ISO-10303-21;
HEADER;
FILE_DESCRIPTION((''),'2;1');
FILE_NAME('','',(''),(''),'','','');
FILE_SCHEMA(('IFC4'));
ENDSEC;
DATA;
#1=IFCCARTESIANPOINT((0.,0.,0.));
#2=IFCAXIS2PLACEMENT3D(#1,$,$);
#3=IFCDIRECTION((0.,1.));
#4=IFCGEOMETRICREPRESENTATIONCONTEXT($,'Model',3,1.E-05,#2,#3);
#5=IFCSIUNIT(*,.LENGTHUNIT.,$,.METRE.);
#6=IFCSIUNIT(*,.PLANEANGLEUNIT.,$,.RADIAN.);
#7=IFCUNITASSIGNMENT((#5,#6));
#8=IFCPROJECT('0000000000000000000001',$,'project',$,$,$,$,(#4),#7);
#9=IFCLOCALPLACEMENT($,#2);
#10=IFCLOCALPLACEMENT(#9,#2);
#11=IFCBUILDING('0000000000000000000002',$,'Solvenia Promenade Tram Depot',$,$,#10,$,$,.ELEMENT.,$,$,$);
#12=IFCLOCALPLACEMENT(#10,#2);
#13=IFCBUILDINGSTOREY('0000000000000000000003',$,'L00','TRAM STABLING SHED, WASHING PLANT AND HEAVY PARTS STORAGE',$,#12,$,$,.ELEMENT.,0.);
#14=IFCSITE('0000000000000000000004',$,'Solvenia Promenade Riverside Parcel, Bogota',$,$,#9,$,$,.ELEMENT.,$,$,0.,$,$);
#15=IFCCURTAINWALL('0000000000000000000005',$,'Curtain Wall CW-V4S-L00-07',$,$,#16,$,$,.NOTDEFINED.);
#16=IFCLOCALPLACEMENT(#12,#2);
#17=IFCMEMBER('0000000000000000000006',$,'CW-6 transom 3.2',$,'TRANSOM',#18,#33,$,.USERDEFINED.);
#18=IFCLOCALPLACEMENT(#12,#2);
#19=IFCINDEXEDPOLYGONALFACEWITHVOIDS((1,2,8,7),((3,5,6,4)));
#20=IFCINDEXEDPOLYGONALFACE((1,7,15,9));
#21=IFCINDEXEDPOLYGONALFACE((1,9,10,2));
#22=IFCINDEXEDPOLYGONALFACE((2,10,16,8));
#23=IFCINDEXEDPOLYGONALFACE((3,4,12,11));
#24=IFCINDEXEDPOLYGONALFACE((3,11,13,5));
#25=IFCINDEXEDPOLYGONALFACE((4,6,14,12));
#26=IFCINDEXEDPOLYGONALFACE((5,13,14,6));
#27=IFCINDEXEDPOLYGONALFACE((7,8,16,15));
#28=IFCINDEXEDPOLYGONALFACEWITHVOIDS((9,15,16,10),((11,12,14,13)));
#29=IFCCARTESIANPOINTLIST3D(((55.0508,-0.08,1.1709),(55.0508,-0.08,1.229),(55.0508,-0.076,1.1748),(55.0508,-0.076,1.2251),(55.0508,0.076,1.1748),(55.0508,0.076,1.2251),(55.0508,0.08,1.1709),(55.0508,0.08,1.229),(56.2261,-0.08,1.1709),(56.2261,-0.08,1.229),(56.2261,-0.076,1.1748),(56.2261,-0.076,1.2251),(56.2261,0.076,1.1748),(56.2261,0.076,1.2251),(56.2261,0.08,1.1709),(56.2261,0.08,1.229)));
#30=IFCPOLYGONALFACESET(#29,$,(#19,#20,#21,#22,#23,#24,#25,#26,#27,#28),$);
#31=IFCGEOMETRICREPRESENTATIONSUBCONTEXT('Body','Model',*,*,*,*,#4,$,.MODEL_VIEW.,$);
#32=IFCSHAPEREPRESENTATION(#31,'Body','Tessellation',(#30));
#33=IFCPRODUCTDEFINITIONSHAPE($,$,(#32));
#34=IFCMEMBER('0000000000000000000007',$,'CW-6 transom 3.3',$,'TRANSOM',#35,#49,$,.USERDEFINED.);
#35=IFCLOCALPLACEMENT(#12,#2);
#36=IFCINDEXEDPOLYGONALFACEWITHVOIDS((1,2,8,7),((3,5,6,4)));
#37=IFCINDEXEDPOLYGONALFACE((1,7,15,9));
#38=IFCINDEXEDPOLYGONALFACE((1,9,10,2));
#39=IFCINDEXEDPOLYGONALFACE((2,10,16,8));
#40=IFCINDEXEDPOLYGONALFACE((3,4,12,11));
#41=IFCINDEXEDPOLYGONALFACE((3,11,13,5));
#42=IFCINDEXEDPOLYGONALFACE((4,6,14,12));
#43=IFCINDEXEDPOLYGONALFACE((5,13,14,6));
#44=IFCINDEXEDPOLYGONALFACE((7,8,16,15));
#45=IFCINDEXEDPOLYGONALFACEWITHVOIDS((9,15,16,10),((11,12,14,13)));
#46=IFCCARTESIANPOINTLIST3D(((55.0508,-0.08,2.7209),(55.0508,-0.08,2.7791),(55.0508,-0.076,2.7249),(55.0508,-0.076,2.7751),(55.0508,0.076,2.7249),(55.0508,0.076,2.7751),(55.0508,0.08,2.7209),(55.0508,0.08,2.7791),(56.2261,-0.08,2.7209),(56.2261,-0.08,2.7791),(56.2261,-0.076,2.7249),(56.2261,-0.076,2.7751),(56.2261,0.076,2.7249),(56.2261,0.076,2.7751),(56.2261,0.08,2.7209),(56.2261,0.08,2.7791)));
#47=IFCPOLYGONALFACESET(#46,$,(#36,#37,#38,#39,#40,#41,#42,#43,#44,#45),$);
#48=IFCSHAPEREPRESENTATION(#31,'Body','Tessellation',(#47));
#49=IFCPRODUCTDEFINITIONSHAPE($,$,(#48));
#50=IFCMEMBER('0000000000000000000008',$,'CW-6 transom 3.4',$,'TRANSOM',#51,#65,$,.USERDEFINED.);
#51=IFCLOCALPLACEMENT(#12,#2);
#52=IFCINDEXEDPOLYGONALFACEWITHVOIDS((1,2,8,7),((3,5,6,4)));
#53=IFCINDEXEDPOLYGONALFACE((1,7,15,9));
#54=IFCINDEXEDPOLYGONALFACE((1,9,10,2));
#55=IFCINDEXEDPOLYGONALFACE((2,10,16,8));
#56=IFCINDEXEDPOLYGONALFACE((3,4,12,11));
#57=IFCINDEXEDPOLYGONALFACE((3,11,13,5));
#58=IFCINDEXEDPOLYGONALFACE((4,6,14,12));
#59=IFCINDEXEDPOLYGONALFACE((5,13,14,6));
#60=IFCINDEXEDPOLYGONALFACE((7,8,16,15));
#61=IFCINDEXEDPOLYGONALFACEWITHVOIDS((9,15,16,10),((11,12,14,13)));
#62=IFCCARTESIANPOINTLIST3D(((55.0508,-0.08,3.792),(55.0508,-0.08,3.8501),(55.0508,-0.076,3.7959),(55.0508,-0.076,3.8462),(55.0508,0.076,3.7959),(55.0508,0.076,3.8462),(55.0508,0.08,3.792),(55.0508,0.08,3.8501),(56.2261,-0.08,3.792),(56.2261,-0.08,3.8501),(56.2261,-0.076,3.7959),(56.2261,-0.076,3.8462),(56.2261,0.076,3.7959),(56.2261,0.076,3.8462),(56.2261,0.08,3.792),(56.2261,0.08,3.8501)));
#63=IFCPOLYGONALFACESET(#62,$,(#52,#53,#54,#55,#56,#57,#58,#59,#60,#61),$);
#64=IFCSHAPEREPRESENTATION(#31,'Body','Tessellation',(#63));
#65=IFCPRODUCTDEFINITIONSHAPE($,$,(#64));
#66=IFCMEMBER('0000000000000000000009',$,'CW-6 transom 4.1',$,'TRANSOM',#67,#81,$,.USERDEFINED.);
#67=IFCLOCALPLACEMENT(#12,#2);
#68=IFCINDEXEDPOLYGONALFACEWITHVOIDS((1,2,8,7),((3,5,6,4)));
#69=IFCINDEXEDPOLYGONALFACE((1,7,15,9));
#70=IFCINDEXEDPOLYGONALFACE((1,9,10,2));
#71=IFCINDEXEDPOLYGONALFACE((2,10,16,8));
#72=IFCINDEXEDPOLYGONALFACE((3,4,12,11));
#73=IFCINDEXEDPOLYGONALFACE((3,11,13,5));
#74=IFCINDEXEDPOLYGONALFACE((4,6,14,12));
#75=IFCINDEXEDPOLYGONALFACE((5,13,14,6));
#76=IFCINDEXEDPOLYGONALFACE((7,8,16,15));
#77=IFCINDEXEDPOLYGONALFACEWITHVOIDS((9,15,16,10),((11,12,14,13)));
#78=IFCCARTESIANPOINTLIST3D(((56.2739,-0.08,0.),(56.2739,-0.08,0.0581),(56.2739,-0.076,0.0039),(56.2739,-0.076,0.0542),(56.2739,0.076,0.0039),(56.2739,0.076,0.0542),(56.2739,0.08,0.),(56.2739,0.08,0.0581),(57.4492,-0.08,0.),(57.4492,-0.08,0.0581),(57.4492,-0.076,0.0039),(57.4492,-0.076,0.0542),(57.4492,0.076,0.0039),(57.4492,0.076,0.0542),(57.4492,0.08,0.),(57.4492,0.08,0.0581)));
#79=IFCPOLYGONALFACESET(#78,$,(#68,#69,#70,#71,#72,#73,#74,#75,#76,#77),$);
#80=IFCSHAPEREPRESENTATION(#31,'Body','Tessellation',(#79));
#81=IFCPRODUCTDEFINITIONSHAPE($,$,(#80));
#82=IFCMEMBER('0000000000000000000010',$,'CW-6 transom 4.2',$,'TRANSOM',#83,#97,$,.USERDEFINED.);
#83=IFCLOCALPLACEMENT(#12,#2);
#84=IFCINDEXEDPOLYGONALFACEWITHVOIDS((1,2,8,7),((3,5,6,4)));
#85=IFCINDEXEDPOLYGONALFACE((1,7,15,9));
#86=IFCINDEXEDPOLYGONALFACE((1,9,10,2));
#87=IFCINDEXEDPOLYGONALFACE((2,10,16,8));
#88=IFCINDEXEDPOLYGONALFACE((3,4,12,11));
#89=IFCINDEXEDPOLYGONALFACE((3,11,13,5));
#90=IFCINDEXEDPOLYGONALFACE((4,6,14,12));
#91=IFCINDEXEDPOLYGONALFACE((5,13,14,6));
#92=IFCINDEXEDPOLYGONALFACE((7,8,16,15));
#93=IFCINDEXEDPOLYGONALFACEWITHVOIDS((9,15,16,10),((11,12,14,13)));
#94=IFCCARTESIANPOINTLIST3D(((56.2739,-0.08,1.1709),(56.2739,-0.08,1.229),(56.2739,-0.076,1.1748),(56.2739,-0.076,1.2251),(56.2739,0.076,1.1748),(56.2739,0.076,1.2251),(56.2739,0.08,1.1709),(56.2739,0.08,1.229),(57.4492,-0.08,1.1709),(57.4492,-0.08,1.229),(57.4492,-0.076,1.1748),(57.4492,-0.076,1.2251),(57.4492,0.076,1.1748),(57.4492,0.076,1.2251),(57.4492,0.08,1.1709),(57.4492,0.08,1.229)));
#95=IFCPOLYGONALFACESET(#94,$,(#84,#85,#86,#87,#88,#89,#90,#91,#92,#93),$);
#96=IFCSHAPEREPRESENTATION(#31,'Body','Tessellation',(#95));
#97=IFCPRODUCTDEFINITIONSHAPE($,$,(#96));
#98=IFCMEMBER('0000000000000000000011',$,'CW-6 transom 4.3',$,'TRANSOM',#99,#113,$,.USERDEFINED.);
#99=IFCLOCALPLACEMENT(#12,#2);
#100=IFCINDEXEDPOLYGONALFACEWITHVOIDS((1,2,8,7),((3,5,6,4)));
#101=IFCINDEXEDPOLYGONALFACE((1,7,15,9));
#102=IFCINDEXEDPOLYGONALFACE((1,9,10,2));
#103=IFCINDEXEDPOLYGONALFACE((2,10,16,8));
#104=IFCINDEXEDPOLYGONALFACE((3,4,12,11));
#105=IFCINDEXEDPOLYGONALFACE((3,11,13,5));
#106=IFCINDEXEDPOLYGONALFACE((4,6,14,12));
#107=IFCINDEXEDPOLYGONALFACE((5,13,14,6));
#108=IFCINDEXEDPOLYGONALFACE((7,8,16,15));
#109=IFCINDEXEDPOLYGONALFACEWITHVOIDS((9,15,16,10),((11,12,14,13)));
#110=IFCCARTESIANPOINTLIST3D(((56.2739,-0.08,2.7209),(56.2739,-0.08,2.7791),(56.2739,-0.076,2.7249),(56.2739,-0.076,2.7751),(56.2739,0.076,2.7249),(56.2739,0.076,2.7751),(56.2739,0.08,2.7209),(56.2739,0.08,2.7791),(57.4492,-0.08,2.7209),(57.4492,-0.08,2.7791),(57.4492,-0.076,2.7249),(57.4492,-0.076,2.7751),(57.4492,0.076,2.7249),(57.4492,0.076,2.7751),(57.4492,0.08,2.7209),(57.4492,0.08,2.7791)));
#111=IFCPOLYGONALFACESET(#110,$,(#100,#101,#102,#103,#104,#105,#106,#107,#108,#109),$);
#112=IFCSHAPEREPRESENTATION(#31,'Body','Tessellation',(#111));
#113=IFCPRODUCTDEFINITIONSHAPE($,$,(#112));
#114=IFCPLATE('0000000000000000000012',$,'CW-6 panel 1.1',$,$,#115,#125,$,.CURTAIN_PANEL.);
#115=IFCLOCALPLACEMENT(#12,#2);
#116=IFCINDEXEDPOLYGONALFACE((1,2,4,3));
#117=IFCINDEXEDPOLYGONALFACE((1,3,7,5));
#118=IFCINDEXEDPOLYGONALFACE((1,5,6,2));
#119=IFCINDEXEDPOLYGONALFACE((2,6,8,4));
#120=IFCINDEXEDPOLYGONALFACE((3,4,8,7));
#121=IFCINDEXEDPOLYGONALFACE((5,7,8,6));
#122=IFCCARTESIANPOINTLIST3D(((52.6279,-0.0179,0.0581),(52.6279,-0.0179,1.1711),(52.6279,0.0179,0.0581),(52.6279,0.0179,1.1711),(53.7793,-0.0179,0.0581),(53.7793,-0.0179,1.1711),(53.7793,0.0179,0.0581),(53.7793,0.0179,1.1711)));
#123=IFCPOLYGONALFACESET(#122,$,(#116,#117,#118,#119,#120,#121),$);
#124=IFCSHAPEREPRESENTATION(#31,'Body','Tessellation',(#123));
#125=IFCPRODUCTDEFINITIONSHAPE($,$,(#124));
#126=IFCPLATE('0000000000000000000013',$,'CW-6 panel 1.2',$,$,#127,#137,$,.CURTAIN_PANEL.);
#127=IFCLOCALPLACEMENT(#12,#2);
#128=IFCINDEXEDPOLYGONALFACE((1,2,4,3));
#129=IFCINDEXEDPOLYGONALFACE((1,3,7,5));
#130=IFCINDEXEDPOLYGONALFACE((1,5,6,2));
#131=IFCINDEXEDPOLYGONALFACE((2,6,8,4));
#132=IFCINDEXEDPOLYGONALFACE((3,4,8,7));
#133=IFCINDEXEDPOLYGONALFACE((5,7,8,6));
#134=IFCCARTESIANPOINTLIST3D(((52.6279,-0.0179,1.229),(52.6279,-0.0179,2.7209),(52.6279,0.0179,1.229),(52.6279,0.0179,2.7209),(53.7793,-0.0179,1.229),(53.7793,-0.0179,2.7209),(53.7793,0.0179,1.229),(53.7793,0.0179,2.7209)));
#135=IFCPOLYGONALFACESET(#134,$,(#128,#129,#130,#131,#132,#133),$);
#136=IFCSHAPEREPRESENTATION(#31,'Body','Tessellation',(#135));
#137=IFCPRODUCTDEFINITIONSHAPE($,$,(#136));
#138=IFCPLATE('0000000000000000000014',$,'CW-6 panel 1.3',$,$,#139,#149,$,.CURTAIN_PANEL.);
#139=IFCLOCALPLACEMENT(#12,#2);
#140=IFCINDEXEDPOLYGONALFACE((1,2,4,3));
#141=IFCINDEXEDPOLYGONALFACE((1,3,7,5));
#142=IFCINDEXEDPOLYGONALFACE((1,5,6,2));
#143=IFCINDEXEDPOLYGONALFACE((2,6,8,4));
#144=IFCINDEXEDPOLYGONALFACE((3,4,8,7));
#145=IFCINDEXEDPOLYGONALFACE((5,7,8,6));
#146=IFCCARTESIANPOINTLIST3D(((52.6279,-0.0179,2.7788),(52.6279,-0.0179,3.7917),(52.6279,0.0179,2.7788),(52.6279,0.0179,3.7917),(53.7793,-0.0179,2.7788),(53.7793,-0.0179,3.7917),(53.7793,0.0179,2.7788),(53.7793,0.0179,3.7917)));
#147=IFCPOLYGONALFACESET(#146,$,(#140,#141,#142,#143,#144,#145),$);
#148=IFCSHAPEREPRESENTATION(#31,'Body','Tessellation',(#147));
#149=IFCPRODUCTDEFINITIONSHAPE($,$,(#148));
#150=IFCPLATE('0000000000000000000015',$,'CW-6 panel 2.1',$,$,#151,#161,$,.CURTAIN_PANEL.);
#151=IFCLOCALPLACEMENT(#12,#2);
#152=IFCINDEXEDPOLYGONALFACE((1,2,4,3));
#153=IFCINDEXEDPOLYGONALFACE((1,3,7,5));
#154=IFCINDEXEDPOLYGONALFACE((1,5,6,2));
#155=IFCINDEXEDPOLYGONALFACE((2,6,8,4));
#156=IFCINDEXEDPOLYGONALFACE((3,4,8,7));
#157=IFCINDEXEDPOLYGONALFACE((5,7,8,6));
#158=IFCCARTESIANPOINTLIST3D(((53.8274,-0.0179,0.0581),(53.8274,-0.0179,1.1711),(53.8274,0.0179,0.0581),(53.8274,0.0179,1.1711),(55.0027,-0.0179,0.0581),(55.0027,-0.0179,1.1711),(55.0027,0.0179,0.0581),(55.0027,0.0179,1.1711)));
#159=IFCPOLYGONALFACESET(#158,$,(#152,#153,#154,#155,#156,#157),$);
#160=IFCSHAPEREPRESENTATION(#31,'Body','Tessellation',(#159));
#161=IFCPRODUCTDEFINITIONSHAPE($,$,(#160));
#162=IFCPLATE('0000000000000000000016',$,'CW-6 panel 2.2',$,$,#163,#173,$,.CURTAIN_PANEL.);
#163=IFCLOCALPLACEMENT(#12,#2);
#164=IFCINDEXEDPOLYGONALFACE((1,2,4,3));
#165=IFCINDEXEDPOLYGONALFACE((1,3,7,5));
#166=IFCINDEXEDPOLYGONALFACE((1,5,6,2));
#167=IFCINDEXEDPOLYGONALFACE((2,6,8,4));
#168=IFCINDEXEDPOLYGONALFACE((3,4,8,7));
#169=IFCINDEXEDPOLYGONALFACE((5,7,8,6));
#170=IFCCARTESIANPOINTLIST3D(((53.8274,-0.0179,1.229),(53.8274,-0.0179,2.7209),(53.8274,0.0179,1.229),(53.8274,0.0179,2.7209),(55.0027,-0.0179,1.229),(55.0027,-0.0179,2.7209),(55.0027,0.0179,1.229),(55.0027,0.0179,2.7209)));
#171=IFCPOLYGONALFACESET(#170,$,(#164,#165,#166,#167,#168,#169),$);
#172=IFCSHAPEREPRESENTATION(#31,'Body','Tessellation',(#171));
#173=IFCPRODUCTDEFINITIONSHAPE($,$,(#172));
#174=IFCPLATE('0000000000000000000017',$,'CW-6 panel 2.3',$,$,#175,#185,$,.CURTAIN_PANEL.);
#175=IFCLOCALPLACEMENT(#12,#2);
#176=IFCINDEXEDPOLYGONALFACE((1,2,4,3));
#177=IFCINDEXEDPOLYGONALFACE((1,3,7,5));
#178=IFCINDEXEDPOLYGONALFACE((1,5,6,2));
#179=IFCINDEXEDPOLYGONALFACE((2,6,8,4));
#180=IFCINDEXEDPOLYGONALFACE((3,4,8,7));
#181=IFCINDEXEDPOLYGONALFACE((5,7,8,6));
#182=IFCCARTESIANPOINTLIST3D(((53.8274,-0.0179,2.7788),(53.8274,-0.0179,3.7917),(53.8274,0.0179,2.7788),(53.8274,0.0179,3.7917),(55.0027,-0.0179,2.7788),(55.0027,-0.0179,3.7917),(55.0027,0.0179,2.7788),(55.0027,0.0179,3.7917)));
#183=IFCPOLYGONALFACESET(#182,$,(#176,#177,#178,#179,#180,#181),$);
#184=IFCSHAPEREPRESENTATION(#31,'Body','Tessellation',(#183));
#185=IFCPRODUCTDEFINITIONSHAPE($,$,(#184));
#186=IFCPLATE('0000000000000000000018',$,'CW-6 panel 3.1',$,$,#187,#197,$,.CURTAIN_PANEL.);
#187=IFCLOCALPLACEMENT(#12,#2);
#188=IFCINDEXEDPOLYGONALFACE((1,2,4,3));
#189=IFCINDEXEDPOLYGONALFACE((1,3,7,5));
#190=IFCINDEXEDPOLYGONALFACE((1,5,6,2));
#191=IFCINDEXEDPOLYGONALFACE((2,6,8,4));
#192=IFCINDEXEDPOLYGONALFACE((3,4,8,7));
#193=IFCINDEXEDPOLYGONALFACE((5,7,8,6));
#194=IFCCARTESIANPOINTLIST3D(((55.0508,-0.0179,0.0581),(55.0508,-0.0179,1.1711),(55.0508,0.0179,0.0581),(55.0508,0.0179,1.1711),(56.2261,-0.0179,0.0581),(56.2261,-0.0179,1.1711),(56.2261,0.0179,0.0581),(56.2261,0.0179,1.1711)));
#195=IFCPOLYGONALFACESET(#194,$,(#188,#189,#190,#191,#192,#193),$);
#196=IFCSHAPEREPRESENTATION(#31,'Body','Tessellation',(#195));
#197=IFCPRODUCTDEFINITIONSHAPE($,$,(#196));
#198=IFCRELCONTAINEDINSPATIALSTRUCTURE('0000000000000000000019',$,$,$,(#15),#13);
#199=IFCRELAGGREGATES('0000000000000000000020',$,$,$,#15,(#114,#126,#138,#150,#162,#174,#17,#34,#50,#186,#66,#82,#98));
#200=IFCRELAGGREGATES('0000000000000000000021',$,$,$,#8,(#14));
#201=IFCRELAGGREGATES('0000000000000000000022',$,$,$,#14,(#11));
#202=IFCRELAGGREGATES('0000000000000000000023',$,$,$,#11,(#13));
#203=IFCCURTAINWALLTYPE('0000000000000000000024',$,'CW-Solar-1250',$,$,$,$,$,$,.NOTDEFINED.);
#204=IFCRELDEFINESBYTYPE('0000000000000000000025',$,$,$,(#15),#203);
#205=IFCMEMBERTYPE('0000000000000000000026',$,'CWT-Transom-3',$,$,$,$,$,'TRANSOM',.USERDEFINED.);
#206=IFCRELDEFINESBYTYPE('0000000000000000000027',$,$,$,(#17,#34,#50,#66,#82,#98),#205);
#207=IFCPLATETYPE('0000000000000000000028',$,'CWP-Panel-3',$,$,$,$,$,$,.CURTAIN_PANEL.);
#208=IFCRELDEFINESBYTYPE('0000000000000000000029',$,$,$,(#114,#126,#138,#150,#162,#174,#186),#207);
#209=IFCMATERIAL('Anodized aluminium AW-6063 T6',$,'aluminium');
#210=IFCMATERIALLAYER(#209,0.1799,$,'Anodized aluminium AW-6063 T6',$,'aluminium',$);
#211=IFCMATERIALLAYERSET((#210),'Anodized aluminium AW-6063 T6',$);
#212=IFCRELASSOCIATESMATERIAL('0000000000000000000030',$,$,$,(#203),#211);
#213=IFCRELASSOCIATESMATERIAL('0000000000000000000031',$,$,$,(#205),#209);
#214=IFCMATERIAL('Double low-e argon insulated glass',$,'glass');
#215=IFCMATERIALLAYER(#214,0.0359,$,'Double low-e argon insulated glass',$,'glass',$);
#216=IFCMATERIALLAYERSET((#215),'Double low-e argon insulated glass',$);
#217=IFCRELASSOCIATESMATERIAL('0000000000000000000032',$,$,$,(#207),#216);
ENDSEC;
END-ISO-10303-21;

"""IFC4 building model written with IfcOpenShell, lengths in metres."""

from ifc_helpers import new_model, si_unit, direction, frame, origin, origin_2d, place, context, subcontext, project, spatial, rectangle, hollow_rectangle, extrude, material, layer, layer_set, material_profile, profile_set, type_object, element, aggregate, save


model = new_model("IFC4")

# Units and contexts
model_context = context("Model", 3, precision=1e-05, world=origin(), true_north=direction((0.0, 1.0)))
body_context = subcontext(model_context, "Body", "Model", "MODEL_VIEW")
ifc_project = project(units=[si_unit("LENGTHUNIT", "METRE"), si_unit("PLANEANGLEUNIT", "RADIAN")], contexts=[model_context])

# Site, building, storey
site_placement = place(None, origin())
site = spatial("IfcSite", under=ifc_project, at=site_placement, Name="Solvenia Promenade Riverside Parcel, Bogota", CompositionType="ELEMENT", RefElevation=0.0)
building_placement = place(site_placement, origin())
building = spatial("IfcBuilding", under=site, at=building_placement, Name="Solvenia Promenade Tram Depot", CompositionType="ELEMENT")
storey_placement = place(building_placement, origin())
storey = spatial("IfcBuildingStorey", under=building, at=storey_placement, Name="L00", Description="TRAM STABLING SHED, WASHING PLANT AND HEAVY PARTS STORAGE", CompositionType="ELEMENT", Elevation=0.0)

# Curtain wall, members, plates
ifc_material_1 = material(Name="Anodized aluminium AW-6063 T6", Category="aluminium")
ifc_layer_1 = layer(ifc_material_1, 0.1799, Name="Anodized aluminium AW-6063 T6", Category="aluminium")
ifc_layer_set_1 = layer_set([ifc_layer_1], Name="Anodized aluminium AW-6063 T6")
curtain_wall_type = type_object("IfcCurtainWallType", Name="CW-Solar-1250", PredefinedType="NOTDEFINED", material=ifc_layer_set_1)
curtain_wall_placement = place(storey_placement, origin())
curtain_wall = element("IfcCurtainWall", 1, at=curtain_wall_placement, inside=storey, type_object=curtain_wall_type, Name="Curtain Wall CW-V4S-L00-07", PredefinedType="NOTDEFINED")
ifc_material_profile_1 = material_profile(ifc_material_1, hollow_rectangle(XDim=0.1599, YDim=0.0581, WallThickness=0.0039, at=origin_2d()), Name="ALU-T3", Category="aluminium")
ifc_profile_set_1 = profile_set([ifc_material_profile_1], Name="Anodized aluminium AW-6063 T6")
member_type_1 = type_object("IfcMemberType", Name="CWT-Transom-3", ElementType="TRANSOM", PredefinedType="USERDEFINED", material=ifc_profile_set_1)
member_1_placement = place(storey_placement, frame((55.0508, 0.0, 1.2), z_axis=(1.0, 0.0, 0.0), x_axis=(0.0, 1.0, 0.0)))
member_1 = element("IfcMember", 2, at=member_1_placement, type_object=member_type_1, Name="CW-6 transom 3.2", ObjectType="TRANSOM", PredefinedType="USERDEFINED", context=body_context, shape_type="SweptSolid", body=[
    extrude(hollow_rectangle(XDim=0.1599, YDim=0.0581, WallThickness=0.0039, at=origin_2d()), origin(), (0.0, 0.0, 1.0), 1.1753),
])
member_2_placement = place(storey_placement, frame((55.0508, 0.0, 2.75), z_axis=(1.0, 0.0, 0.0), x_axis=(0.0, 1.0, 0.0)))
member_2 = element("IfcMember", 3, at=member_2_placement, type_object=member_type_1, Name="CW-6 transom 3.3", ObjectType="TRANSOM", PredefinedType="USERDEFINED", context=body_context, shape_type="SweptSolid", body=[
    extrude(hollow_rectangle(XDim=0.1599, YDim=0.0581, WallThickness=0.0039, at=origin_2d()), origin(), (0.0, 0.0, 1.0), 1.1753),
])
member_3_placement = place(storey_placement, frame((55.0508, 0.0, 3.821), z_axis=(1.0, 0.0, 0.0), x_axis=(0.0, 1.0, 0.0)))
member_3 = element("IfcMember", 4, at=member_3_placement, type_object=member_type_1, Name="CW-6 transom 3.4", ObjectType="TRANSOM", PredefinedType="USERDEFINED", context=body_context, shape_type="SweptSolid", body=[
    extrude(hollow_rectangle(XDim=0.1599, YDim=0.0581, WallThickness=0.0039, at=origin_2d()), origin(), (0.0, 0.0, 1.0), 1.1753),
])
member_4_placement = place(storey_placement, frame((56.2739, 0.0, 0.0291), z_axis=(1.0, 0.0, 0.0), x_axis=(0.0, 1.0, 0.0)))
member_4 = element("IfcMember", 5, at=member_4_placement, type_object=member_type_1, Name="CW-6 transom 4.1", ObjectType="TRANSOM", PredefinedType="USERDEFINED", context=body_context, shape_type="SweptSolid", body=[
    extrude(hollow_rectangle(XDim=0.1599, YDim=0.0581, WallThickness=0.0039, at=origin_2d()), origin(), (0.0, 0.0, 1.0), 1.1753),
])
member_5_placement = place(storey_placement, frame((56.2739, 0.0, 1.2), z_axis=(1.0, 0.0, 0.0), x_axis=(0.0, 1.0, 0.0)))
member_5 = element("IfcMember", 6, at=member_5_placement, type_object=member_type_1, Name="CW-6 transom 4.2", ObjectType="TRANSOM", PredefinedType="USERDEFINED", context=body_context, shape_type="SweptSolid", body=[
    extrude(hollow_rectangle(XDim=0.1599, YDim=0.0581, WallThickness=0.0039, at=origin_2d()), origin(), (0.0, 0.0, 1.0), 1.1753),
])
member_6_placement = place(storey_placement, frame((56.2739, 0.0, 2.75), z_axis=(1.0, 0.0, 0.0), x_axis=(0.0, 1.0, 0.0)))
member_6 = element("IfcMember", 7, at=member_6_placement, type_object=member_type_1, Name="CW-6 transom 4.3", ObjectType="TRANSOM", PredefinedType="USERDEFINED", context=body_context, shape_type="SweptSolid", body=[
    extrude(hollow_rectangle(XDim=0.1599, YDim=0.0581, WallThickness=0.0039, at=origin_2d()), origin(), (0.0, 0.0, 1.0), 1.1753),
])
ifc_material_2 = material(Name="Double low-e argon insulated glass", Category="glass")
ifc_layer_2 = layer(ifc_material_2, 0.0359, Name="Double low-e argon insulated glass", Category="glass")
ifc_layer_set_2 = layer_set([ifc_layer_2], Name="Double low-e argon insulated glass")
plate_type = type_object("IfcPlateType", Name="CWP-Panel-3", PredefinedType="CURTAIN_PANEL", material=ifc_layer_set_2)
plate_1_placement = place(storey_placement, frame((53.2036, 0.0, 0.0581), z_axis=(0.0, 0.0, 1.0), x_axis=(1.0, 0.0, 0.0)))
plate_1 = element("IfcPlate", 8, at=plate_1_placement, type_object=plate_type, Name="CW-6 panel 1.1", PredefinedType="CURTAIN_PANEL", context=body_context, shape_type="SweptSolid", body=[
    extrude(rectangle(XDim=1.1514, YDim=0.0359, at=origin_2d()), origin(), (0.0, 0.0, 1.0), 1.113),
])
plate_2_placement = place(storey_placement, frame((53.2036, 0.0, 1.229), z_axis=(0.0, 0.0, 1.0), x_axis=(1.0, 0.0, 0.0)))
plate_2 = element("IfcPlate", 9, at=plate_2_placement, type_object=plate_type, Name="CW-6 panel 1.2", PredefinedType="CURTAIN_PANEL", context=body_context, shape_type="SweptSolid", body=[
    extrude(rectangle(XDim=1.1514, YDim=0.0359, at=origin_2d()), origin(), (0.0, 0.0, 1.0), 1.4919),
])
plate_3_placement = place(storey_placement, frame((53.2036, 0.0, 2.7788), z_axis=(0.0, 0.0, 1.0), x_axis=(1.0, 0.0, 0.0)))
plate_3 = element("IfcPlate", 10, at=plate_3_placement, type_object=plate_type, Name="CW-6 panel 1.3", PredefinedType="CURTAIN_PANEL", context=body_context, shape_type="SweptSolid", body=[
    extrude(rectangle(XDim=1.1514, YDim=0.0359, at=origin_2d()), origin(), (0.0, 0.0, 1.0), 1.0129),
])
plate_4_placement = place(storey_placement, frame((54.415, 0.0, 0.0581), z_axis=(0.0, 0.0, 1.0), x_axis=(1.0, 0.0, 0.0)))
plate_4 = element("IfcPlate", 11, at=plate_4_placement, type_object=plate_type, Name="CW-6 panel 2.1", PredefinedType="CURTAIN_PANEL", context=body_context, shape_type="SweptSolid", body=[
    extrude(rectangle(XDim=1.1753, YDim=0.0359, at=origin_2d()), origin(), (0.0, 0.0, 1.0), 1.113),
])
plate_5_placement = place(storey_placement, frame((54.415, 0.0, 1.229), z_axis=(0.0, 0.0, 1.0), x_axis=(1.0, 0.0, 0.0)))
plate_5 = element("IfcPlate", 12, at=plate_5_placement, type_object=plate_type, Name="CW-6 panel 2.2", PredefinedType="CURTAIN_PANEL", context=body_context, shape_type="SweptSolid", body=[
    extrude(rectangle(XDim=1.1753, YDim=0.0359, at=origin_2d()), origin(), (0.0, 0.0, 1.0), 1.4919),
])
plate_6_placement = place(storey_placement, frame((54.415, 0.0, 2.7788), z_axis=(0.0, 0.0, 1.0), x_axis=(1.0, 0.0, 0.0)))
plate_6 = element("IfcPlate", 13, at=plate_6_placement, type_object=plate_type, Name="CW-6 panel 2.3", PredefinedType="CURTAIN_PANEL", context=body_context, shape_type="SweptSolid", body=[
    extrude(rectangle(XDim=1.1753, YDim=0.0359, at=origin_2d()), origin(), (0.0, 0.0, 1.0), 1.0129),
])
plate_7_placement = place(storey_placement, frame((55.6384, 0.0, 0.0581), z_axis=(0.0, 0.0, 1.0), x_axis=(1.0, 0.0, 0.0)))
plate_7 = element("IfcPlate", 14, at=plate_7_placement, type_object=plate_type, Name="CW-6 panel 3.1", PredefinedType="CURTAIN_PANEL", context=body_context, shape_type="SweptSolid", body=[
    extrude(rectangle(XDim=1.1753, YDim=0.0359, at=origin_2d()), origin(), (0.0, 0.0, 1.0), 1.113),
])
aggregate(curtain_wall, [plate_1, plate_2, plate_3, plate_4, plate_5, plate_6, member_1, member_2, member_3, plate_7, member_4, member_5, member_6])

save(model, "model.ifc")
